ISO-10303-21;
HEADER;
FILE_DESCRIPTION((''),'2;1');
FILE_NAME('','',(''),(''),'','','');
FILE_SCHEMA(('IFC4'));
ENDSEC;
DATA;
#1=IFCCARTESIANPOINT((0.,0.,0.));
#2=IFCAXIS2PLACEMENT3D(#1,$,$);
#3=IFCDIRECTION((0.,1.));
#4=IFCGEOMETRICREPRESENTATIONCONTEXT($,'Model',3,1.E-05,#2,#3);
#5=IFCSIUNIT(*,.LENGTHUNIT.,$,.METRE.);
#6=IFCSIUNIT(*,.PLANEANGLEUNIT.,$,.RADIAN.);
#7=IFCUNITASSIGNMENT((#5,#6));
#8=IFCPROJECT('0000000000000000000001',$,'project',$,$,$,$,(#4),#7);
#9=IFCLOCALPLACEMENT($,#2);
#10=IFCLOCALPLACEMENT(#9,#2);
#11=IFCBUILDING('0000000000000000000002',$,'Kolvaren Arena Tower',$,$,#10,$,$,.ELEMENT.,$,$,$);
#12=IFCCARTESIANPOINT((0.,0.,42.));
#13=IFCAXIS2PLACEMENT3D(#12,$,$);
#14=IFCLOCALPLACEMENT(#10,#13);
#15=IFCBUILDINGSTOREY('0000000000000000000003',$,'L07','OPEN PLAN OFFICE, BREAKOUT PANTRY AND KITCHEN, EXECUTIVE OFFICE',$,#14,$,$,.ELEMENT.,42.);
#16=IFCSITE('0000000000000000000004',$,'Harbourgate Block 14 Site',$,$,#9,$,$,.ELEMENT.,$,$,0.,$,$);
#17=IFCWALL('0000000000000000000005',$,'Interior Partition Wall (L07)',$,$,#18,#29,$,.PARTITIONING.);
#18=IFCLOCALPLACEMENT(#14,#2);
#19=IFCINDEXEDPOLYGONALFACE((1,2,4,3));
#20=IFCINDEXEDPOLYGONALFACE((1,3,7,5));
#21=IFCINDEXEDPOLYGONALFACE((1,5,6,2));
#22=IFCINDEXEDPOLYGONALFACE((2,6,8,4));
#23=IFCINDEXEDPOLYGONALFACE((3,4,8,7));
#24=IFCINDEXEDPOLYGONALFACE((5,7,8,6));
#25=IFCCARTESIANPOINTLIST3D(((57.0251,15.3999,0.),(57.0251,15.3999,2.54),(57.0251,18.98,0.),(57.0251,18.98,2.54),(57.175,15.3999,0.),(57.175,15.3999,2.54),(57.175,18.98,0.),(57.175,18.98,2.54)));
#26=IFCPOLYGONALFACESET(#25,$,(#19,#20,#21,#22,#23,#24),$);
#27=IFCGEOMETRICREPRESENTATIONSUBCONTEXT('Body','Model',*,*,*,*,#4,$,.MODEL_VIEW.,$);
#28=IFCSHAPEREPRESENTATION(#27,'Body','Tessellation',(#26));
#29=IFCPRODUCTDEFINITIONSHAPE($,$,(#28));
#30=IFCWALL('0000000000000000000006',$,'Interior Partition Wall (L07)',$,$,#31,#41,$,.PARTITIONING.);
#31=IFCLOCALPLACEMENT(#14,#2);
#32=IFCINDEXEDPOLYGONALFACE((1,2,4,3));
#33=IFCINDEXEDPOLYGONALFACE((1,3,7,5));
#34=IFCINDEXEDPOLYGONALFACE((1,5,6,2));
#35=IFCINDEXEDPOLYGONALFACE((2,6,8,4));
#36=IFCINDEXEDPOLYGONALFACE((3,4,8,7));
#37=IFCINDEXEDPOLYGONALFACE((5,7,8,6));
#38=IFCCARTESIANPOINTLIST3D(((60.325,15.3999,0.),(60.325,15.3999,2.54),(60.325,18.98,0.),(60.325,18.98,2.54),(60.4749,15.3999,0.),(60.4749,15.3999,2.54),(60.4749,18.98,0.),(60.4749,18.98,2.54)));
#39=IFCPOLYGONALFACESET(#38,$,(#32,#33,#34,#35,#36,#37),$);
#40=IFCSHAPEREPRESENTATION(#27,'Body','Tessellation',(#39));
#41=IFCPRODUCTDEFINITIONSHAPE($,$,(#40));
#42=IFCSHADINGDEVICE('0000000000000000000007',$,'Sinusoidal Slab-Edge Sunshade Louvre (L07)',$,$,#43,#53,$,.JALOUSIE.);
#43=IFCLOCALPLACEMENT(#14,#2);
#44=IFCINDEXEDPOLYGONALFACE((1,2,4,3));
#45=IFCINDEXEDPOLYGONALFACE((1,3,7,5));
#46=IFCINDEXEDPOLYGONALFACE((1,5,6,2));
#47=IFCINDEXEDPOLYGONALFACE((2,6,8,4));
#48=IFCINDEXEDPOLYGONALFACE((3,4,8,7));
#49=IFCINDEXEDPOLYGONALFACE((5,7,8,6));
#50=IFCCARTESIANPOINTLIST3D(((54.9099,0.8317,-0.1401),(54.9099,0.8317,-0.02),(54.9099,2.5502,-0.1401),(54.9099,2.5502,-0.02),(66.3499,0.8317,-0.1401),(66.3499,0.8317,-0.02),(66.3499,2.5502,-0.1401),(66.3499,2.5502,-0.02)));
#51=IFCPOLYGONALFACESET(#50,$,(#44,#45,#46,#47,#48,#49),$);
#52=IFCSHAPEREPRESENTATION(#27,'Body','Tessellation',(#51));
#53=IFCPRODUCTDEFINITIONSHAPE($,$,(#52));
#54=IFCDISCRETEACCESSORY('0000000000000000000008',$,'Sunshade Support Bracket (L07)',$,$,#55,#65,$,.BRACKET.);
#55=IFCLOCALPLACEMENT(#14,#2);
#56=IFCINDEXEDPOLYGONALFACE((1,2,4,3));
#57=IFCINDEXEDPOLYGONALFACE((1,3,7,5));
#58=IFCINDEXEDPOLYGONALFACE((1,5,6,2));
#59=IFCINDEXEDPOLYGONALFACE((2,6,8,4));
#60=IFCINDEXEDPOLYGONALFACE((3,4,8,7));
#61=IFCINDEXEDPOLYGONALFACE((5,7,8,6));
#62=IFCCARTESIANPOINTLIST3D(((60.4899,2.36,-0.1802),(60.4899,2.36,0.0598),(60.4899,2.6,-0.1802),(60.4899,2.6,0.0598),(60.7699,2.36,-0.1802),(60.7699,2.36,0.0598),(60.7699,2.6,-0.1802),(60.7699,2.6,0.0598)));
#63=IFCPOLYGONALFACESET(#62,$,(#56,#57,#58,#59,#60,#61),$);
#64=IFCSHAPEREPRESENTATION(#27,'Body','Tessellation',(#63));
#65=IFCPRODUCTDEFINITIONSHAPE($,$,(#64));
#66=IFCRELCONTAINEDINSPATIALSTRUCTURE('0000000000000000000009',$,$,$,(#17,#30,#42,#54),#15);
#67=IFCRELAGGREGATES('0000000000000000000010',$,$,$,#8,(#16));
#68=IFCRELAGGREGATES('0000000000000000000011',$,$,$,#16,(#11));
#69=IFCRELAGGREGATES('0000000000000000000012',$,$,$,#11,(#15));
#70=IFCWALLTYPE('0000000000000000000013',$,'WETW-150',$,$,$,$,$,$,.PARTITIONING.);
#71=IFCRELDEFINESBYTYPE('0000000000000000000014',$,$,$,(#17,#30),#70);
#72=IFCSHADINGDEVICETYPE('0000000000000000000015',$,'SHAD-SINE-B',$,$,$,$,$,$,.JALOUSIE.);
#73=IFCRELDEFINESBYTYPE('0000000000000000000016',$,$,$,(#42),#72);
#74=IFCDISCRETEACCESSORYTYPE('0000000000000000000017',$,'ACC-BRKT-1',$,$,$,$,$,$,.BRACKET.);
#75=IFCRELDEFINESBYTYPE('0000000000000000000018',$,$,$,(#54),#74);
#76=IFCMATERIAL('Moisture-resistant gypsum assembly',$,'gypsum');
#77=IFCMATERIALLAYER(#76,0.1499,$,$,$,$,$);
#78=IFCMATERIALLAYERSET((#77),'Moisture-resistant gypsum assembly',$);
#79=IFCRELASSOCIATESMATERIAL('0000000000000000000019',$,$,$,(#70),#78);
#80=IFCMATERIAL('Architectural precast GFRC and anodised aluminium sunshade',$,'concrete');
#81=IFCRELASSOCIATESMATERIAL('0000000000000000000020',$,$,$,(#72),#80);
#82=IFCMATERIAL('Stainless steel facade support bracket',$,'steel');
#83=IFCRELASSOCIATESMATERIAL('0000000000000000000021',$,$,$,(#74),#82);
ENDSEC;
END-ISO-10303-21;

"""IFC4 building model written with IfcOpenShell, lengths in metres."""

from ifc_helpers import new_model, si_unit, direction, frame, frame_2d, origin, origin_2d, place, context, subcontext, project, spatial, rectangle, extrude, material, layer, layer_set, type_object, element, save


model = new_model("IFC4")

# Units and contexts
model_context = context("Model", 3, precision=1e-05, world=origin(), true_north=direction((0.0, 1.0)))
body_context = subcontext(model_context, "Body", "Model", "MODEL_VIEW")
ifc_project = project(units=[si_unit("LENGTHUNIT", "METRE"), si_unit("PLANEANGLEUNIT", "RADIAN")], contexts=[model_context])

# Site, building, storey
site_placement = place(None, origin())
site = spatial("IfcSite", under=ifc_project, at=site_placement, Name="Harbourgate Block 14 Site", CompositionType="ELEMENT", RefElevation=0.0)
building_placement = place(site_placement, origin())
building = spatial("IfcBuilding", under=site, at=building_placement, Name="Kolvaren Arena Tower", CompositionType="ELEMENT")
storey_placement = place(building_placement, frame((0.0, 0.0, 42.0)))
storey = spatial("IfcBuildingStorey", under=building, at=storey_placement, Name="L07", Description="OPEN PLAN OFFICE, BREAKOUT PANTRY AND KITCHEN, EXECUTIVE OFFICE", CompositionType="ELEMENT", Elevation=42.0)

# Walls
ifc_material_1 = material(Name="Moisture-resistant gypsum assembly", Category="gypsum")
ifc_layer_1 = layer(ifc_material_1, 0.1499)
ifc_layer_set_1 = layer_set([ifc_layer_1], Name="Moisture-resistant gypsum assembly")
wall_type_1 = type_object("IfcWallType", Name="WETW-150", PredefinedType="PARTITIONING", material=ifc_layer_set_1)
for number, where, z_axis, x_axis, name in (
    (1, (57.1001, 15.3999, 0.0), (0.0, 0.0, 1.0), (0.0, 1.0, 0.0), "Interior Partition Wall (L07)"),
    (2, (60.3999, 15.3999, 0.0), (0.0, 0.0, 1.0), (0.0, 1.0, 0.0), "Interior Partition Wall (L07)"),
):
    element("IfcWall", number, at=place(storey_placement, frame(where, z_axis=z_axis, x_axis=x_axis)), inside=storey, type_object=wall_type_1, Name=name, PredefinedType="PARTITIONING", context=body_context, shape_type="SweptSolid", body=[
        extrude(rectangle(XDim=3.5801, YDim=0.1499, at=frame_2d((1.79, 0.0))), origin(), (0.0, 0.0, 1.0), 2.54),
    ])

# Shading device
ifc_material_2 = material(Name="Architectural precast GFRC and anodised aluminium sunshade", Category="concrete")
shading_device_type = type_object("IfcShadingDeviceType", Name="SHAD-SINE-B", PredefinedType="JALOUSIE", material=ifc_material_2)
shading_device_placement = place(storey_placement, frame((60.6299, 1.6909, -0.1401), z_axis=(0.0, 0.0, 1.0), x_axis=(-1.0, 0.0, 0.0)))
element("IfcShadingDevice", 3, at=shading_device_placement, inside=storey, type_object=shading_device_type, Name="Sinusoidal Slab-Edge Sunshade Louvre (L07)", PredefinedType="JALOUSIE", context=body_context, shape_type="SweptSolid", body=[
    extrude(rectangle(XDim=11.4399, YDim=1.7185, at=origin_2d()), origin(), (0.0, 0.0, 1.0), 0.1201),
])

# Discrete accessory
ifc_material_3 = material(Name="Stainless steel facade support bracket", Category="steel")
discrete_accessory_type = type_object("IfcDiscreteAccessoryType", Name="ACC-BRKT-1", PredefinedType="BRACKET", material=ifc_material_3)
discrete_accessory_placement = place(storey_placement, frame((60.6299, 2.48, -0.1802), z_axis=(0.0, 0.0, 1.0), x_axis=(-1.0, 0.0, 0.0)))
element("IfcDiscreteAccessory", 4, at=discrete_accessory_placement, inside=storey, type_object=discrete_accessory_type, Name="Sunshade Support Bracket (L07)", PredefinedType="BRACKET", context=body_context, shape_type="SweptSolid", body=[
    extrude(rectangle(XDim=0.28, YDim=0.24, at=origin_2d()), origin(), (0.0, 0.0, 1.0), 0.24),
])

save(model, "model.ifc")
